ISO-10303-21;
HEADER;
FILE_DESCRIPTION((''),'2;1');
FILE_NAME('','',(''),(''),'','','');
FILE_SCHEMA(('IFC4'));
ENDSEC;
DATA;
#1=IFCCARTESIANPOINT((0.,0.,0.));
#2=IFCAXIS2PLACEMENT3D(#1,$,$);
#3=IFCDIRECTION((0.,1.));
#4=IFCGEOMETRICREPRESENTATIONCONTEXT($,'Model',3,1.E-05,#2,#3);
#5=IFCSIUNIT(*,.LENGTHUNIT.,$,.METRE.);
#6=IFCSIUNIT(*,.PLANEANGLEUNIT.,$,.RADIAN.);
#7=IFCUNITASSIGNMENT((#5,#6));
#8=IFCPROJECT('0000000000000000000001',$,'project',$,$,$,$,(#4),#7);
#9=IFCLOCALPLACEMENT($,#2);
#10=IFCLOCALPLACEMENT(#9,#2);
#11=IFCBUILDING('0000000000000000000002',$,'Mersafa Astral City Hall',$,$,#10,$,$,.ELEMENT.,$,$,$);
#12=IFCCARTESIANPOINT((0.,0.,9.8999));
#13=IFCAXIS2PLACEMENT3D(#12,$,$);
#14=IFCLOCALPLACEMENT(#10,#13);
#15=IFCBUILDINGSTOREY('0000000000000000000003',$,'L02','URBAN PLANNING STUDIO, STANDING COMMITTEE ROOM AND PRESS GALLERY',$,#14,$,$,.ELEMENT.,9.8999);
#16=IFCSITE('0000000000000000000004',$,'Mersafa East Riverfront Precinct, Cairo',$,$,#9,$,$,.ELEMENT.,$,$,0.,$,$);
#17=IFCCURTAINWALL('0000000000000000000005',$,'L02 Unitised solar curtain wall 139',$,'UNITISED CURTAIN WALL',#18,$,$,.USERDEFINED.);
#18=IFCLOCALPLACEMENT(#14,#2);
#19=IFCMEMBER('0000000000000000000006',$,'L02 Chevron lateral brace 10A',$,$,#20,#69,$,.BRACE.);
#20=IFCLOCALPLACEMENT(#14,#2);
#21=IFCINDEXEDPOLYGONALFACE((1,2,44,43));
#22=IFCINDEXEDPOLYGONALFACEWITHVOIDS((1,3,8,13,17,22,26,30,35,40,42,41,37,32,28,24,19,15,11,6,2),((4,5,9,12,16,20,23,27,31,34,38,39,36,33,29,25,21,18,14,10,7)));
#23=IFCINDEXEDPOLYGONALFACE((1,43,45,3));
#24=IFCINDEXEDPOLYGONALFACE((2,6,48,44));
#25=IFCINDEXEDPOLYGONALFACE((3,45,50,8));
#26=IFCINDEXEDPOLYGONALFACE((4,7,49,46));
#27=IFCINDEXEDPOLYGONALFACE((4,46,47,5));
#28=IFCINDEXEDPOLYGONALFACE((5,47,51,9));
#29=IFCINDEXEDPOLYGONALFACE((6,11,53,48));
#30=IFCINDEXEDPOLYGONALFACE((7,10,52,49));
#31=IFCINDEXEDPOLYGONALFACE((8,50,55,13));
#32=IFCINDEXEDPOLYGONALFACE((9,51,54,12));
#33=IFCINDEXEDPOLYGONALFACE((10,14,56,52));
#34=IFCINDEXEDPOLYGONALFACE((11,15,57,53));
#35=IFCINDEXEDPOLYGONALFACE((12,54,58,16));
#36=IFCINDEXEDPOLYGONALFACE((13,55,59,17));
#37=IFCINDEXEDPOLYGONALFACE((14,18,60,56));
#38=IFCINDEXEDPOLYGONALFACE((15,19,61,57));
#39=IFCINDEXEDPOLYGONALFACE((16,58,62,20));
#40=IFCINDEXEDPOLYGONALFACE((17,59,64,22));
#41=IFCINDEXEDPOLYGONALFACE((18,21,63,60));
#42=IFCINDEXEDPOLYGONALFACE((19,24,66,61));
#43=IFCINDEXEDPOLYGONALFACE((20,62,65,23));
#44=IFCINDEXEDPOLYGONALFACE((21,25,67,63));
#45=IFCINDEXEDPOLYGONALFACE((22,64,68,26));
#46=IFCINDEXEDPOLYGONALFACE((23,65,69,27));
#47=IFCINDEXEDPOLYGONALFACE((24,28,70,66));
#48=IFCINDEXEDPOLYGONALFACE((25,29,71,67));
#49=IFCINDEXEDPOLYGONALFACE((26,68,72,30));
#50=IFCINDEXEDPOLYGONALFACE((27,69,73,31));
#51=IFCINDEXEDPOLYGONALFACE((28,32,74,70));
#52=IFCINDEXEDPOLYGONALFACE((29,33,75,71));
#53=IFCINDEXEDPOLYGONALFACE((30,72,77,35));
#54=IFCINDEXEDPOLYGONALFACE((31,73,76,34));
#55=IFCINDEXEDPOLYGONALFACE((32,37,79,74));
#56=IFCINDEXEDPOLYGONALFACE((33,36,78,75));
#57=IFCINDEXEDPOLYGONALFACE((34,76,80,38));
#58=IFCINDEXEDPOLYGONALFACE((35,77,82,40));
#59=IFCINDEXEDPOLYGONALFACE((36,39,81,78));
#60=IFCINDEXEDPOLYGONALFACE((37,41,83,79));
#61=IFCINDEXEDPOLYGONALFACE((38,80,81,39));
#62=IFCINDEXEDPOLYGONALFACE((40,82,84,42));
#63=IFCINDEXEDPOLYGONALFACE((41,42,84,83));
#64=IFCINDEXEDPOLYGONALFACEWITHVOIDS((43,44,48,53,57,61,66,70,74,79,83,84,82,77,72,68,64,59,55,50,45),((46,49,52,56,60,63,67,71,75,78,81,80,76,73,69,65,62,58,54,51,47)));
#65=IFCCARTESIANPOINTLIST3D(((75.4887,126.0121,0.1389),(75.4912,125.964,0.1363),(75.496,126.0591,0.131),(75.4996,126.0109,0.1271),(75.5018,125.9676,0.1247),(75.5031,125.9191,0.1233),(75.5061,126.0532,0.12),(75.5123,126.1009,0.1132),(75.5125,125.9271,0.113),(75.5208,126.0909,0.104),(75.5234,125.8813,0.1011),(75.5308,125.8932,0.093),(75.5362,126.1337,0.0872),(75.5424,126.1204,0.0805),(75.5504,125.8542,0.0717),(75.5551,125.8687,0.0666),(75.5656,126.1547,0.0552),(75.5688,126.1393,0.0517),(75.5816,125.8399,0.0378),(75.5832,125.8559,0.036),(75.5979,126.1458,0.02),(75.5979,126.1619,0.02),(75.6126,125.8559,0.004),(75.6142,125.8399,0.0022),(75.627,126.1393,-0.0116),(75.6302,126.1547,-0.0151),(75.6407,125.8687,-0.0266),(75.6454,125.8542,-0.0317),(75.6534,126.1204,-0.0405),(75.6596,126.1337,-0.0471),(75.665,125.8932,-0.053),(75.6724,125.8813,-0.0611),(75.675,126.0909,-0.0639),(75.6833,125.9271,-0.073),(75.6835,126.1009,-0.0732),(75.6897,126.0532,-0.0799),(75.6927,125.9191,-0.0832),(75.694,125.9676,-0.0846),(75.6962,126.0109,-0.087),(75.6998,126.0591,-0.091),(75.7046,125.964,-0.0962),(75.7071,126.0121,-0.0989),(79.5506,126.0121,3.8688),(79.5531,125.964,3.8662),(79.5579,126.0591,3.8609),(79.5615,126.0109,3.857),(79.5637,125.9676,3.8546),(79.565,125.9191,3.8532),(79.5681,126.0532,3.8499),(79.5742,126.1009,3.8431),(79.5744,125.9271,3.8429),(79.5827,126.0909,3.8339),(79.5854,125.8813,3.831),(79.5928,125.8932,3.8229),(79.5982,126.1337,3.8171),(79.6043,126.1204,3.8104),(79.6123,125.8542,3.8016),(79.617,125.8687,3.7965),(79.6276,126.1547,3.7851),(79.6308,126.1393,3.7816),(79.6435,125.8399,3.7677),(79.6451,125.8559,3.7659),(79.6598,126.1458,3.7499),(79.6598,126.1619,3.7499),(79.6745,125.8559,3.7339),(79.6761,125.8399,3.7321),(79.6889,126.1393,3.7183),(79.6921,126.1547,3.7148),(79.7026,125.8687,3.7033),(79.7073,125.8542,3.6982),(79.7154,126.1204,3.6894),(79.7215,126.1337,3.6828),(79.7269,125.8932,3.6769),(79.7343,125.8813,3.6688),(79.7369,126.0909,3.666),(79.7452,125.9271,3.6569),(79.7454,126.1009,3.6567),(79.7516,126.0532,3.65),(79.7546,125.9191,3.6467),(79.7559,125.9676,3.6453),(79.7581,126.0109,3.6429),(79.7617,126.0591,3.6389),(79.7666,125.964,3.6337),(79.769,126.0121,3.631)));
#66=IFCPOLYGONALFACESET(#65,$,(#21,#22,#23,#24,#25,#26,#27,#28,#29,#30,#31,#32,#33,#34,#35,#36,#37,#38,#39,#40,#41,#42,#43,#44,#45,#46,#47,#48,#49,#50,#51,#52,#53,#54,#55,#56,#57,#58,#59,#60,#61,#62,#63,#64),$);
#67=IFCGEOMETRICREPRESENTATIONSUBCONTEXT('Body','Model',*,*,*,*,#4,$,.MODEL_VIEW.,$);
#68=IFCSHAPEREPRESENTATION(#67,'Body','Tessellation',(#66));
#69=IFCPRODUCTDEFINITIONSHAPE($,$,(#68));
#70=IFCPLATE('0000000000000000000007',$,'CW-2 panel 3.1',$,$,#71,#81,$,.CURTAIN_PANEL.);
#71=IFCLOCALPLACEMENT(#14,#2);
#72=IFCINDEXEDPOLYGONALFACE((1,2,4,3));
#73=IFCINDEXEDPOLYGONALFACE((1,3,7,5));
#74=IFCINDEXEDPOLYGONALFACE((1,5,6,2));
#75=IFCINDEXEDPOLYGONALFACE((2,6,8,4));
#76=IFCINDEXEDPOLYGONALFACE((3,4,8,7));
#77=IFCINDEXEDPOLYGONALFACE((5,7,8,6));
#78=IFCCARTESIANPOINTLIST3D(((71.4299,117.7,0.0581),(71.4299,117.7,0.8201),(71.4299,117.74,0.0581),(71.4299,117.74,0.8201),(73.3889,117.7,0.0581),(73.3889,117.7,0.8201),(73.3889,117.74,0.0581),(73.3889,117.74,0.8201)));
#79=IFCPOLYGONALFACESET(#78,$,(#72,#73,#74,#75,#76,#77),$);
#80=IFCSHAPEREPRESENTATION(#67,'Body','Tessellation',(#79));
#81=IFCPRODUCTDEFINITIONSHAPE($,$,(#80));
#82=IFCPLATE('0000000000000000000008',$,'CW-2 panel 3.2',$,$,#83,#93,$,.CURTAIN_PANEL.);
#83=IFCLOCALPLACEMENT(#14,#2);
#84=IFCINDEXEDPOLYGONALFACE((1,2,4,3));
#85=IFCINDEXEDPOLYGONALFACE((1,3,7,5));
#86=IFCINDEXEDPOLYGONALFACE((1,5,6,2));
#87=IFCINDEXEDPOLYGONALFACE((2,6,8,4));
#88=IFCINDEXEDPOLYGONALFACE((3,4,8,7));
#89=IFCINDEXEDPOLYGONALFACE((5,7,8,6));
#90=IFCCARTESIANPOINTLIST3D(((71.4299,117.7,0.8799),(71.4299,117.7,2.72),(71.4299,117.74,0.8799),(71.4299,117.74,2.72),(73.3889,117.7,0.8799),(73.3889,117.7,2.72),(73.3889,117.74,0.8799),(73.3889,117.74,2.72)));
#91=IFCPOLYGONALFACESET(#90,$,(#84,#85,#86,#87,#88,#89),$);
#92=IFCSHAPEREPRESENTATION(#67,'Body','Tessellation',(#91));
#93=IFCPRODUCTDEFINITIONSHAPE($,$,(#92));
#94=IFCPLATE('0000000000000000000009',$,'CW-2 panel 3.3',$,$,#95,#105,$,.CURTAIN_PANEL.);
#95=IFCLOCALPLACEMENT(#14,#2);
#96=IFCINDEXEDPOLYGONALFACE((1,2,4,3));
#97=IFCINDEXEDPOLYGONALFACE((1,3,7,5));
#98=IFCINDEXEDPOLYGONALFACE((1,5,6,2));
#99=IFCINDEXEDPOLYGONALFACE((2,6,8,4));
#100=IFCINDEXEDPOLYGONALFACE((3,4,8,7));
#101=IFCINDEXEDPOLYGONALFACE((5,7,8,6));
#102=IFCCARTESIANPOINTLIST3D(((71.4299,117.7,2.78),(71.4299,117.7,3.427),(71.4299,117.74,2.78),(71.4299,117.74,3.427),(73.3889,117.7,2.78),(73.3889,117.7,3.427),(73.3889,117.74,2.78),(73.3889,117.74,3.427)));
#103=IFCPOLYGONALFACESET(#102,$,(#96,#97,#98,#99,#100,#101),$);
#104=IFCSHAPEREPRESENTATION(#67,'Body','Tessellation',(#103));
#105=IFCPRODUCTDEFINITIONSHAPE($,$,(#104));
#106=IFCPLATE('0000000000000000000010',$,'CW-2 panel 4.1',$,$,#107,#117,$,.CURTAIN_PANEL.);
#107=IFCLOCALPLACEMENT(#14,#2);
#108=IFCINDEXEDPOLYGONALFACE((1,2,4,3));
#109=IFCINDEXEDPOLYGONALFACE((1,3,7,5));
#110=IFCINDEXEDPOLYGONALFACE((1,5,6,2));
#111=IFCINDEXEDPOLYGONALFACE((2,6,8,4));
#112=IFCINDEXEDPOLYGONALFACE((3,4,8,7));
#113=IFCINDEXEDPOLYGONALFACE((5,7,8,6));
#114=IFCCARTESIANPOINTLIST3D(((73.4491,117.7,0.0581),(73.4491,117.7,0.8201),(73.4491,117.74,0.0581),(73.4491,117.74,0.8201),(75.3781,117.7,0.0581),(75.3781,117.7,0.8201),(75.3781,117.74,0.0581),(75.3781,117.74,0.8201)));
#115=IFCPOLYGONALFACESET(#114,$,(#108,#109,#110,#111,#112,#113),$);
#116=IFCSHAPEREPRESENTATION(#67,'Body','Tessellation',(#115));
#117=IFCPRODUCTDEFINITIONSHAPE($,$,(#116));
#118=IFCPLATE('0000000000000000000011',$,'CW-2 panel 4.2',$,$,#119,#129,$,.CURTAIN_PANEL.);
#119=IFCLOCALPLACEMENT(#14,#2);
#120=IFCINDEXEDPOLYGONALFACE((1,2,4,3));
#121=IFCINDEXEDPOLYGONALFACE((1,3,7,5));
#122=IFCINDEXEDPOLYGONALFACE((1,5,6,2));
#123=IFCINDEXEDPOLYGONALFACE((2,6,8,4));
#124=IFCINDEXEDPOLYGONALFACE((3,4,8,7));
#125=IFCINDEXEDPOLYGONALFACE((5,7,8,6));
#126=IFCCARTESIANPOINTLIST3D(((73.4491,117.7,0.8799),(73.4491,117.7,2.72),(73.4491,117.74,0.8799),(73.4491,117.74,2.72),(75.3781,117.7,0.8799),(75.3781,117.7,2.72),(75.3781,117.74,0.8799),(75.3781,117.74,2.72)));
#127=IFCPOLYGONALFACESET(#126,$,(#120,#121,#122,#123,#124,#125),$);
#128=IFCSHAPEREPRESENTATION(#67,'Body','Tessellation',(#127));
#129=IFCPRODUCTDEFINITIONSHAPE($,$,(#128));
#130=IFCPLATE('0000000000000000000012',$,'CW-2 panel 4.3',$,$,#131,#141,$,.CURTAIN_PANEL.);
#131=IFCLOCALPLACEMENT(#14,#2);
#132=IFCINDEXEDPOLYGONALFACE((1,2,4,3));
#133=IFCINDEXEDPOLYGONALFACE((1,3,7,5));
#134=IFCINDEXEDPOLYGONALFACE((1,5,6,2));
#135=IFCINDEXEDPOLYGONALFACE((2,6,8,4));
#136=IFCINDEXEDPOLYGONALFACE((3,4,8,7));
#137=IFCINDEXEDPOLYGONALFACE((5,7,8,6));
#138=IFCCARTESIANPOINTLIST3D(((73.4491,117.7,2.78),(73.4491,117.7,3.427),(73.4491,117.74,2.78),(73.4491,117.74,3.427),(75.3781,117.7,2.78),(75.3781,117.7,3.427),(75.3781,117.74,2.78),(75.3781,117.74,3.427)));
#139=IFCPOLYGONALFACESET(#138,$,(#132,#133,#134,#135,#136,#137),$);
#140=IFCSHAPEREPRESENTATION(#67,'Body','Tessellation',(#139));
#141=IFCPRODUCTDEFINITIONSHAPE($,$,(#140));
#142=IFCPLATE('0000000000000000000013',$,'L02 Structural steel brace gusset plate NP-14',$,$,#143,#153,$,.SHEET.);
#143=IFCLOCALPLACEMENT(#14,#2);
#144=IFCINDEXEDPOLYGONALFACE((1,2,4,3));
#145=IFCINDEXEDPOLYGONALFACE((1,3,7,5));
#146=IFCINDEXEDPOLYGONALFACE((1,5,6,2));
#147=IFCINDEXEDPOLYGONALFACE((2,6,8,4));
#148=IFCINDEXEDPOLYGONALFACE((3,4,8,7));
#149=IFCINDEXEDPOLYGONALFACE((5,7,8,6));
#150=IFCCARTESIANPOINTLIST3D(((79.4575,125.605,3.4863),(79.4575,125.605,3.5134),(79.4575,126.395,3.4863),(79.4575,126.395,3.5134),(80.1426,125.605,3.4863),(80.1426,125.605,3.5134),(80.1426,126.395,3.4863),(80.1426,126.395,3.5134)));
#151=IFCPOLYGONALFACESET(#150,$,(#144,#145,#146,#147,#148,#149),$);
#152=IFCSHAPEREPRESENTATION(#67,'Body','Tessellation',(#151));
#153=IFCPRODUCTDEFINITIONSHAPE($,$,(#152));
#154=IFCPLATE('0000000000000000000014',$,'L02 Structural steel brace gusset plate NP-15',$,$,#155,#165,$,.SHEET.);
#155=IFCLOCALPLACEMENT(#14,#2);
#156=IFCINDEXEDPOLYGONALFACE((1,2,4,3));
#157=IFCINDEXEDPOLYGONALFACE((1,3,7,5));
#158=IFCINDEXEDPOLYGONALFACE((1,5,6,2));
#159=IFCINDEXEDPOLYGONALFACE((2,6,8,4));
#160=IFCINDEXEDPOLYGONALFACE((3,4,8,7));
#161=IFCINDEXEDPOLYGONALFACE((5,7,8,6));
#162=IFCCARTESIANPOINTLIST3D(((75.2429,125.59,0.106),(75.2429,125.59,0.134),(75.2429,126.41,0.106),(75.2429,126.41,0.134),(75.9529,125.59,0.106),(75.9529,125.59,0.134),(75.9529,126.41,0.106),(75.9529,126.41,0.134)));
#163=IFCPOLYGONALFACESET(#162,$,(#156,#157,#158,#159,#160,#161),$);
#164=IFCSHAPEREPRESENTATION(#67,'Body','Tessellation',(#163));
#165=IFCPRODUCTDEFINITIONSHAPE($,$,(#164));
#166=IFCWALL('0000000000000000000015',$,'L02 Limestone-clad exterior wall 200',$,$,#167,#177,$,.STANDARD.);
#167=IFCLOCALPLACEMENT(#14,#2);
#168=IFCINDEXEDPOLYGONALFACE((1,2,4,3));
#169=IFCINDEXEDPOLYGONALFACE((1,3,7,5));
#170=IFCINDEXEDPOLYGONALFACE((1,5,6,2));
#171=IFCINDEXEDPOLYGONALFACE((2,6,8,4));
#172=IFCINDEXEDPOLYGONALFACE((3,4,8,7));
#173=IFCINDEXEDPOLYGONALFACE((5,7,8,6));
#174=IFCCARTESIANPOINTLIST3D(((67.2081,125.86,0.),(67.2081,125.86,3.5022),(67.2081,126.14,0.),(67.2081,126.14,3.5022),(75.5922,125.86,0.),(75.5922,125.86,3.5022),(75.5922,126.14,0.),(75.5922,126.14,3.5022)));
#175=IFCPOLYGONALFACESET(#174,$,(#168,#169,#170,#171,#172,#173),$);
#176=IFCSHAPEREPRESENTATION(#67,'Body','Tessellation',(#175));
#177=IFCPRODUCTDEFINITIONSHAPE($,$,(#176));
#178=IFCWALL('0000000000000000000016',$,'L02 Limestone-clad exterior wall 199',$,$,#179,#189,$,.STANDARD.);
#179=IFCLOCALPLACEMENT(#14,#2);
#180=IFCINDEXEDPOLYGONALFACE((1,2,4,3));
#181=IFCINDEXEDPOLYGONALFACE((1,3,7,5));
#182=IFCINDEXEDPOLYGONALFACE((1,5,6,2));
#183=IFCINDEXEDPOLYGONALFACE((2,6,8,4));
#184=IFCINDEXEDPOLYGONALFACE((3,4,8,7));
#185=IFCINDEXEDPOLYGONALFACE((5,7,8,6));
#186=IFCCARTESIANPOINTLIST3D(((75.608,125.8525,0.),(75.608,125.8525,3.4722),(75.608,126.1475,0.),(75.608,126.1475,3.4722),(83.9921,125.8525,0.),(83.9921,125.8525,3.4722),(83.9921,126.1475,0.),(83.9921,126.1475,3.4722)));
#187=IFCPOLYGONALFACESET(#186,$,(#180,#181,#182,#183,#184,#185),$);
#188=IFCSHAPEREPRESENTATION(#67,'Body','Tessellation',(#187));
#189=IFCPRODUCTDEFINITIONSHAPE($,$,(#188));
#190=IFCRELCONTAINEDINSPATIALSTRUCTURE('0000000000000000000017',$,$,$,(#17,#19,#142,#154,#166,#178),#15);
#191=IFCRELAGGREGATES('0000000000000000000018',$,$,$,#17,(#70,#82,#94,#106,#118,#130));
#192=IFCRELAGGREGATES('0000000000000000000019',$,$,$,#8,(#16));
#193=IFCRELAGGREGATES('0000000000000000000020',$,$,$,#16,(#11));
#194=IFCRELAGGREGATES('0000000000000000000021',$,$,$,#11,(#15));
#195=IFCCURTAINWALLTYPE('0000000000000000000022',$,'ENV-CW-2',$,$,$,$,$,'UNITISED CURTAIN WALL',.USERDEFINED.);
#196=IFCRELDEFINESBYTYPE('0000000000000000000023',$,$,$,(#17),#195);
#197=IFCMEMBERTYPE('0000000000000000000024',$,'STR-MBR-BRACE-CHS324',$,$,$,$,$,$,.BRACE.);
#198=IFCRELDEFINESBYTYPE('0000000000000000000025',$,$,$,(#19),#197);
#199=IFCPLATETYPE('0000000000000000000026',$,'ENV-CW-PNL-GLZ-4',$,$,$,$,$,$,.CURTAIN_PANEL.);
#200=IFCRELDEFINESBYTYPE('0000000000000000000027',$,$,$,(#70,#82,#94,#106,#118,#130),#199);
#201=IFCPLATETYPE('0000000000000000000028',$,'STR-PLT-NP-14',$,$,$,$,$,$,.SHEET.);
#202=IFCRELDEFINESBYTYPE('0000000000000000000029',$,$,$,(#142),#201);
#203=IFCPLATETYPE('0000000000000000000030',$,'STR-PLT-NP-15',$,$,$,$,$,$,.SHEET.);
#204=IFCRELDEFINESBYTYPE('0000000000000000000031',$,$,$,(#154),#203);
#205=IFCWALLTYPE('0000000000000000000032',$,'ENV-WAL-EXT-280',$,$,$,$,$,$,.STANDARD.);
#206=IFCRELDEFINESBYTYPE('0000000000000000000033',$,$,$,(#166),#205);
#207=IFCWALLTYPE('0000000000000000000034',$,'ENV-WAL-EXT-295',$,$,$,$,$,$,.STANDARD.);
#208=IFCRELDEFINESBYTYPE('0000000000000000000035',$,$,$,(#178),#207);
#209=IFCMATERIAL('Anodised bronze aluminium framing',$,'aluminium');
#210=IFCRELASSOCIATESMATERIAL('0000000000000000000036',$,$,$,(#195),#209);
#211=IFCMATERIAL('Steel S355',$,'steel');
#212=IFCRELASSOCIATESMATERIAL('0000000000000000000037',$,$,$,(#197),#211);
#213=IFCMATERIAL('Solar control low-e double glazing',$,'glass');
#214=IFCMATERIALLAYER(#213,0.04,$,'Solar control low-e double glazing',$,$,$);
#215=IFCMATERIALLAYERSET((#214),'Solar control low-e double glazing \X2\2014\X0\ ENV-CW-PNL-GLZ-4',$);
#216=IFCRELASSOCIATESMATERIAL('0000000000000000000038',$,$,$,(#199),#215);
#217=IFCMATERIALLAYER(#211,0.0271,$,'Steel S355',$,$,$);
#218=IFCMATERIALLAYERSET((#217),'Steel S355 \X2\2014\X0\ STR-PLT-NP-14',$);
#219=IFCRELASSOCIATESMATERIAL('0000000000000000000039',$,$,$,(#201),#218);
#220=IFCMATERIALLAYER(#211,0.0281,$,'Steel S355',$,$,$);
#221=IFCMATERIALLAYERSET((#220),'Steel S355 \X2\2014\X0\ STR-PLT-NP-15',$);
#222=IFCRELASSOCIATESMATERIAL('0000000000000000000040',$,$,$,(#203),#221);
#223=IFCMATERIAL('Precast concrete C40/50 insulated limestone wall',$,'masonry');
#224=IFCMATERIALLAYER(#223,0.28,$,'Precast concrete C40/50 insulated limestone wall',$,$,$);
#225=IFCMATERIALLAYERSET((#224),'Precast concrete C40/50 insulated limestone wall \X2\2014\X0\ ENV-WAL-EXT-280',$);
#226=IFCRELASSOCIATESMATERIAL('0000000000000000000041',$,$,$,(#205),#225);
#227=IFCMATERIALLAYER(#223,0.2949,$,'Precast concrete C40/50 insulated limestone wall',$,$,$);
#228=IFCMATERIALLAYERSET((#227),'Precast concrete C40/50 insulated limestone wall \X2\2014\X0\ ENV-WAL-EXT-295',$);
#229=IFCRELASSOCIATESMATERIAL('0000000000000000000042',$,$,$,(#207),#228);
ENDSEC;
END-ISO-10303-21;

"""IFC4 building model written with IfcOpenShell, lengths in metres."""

from ifc_helpers import new_model, si_unit, direction, frame, frame_2d, origin, origin_2d, place, context, subcontext, project, spatial, rectangle, hollow_circle, extrude, material, layer, layer_set, material_profile, profile_set, type_object, element, aggregate, save


model = new_model("IFC4")

# Units and contexts
model_context = context("Model", 3, precision=1e-05, world=origin(), true_north=direction((0.0, 1.0)))
body_context = subcontext(model_context, "Body", "Model", "MODEL_VIEW")
ifc_project = project(units=[si_unit("LENGTHUNIT", "METRE"), si_unit("PLANEANGLEUNIT", "RADIAN")], contexts=[model_context])

# Site, building, storey
site_placement = place(None, origin())
site = spatial("IfcSite", under=ifc_project, at=site_placement, Name="Mersafa East Riverfront Precinct, Cairo", CompositionType="ELEMENT", RefElevation=0.0)
building_placement = place(site_placement, origin())
building = spatial("IfcBuilding", under=site, at=building_placement, Name="Mersafa Astral City Hall", CompositionType="ELEMENT")
storey_placement = place(building_placement, frame((0.0, 0.0, 9.8999)))
storey = spatial("IfcBuildingStorey", under=building, at=storey_placement, Name="L02", Description="URBAN PLANNING STUDIO, STANDING COMMITTEE ROOM AND PRESS GALLERY", CompositionType="ELEMENT", Elevation=9.8999)

# Shared definitions
ifc_material_1 = material(Name="Steel S355", Category="steel")

# Curtain wall
ifc_material_2 = material(Name="Anodised bronze aluminium framing", Category="aluminium")
curtain_wall_type = type_object("IfcCurtainWallType", Name="ENV-CW-2", ElementType="UNITISED CURTAIN WALL", PredefinedType="USERDEFINED", material=ifc_material_2)
curtain_wall_placement = place(storey_placement, origin())
curtain_wall = element("IfcCurtainWall", 1, at=curtain_wall_placement, inside=storey, type_object=curtain_wall_type, Name="L02 Unitised solar curtain wall 139", ObjectType="UNITISED CURTAIN WALL", PredefinedType="USERDEFINED")

# Member
ifc_material_profile_1 = material_profile(ifc_material_1, hollow_circle(Radius=0.1619, WallThickness=0.0161, at=origin_2d()), Name="CHS 323.9x16")
ifc_profile_set_1 = profile_set([ifc_material_profile_1], Name="Steel S355")
member_type_1 = type_object("IfcMemberType", Name="STR-MBR-BRACE-CHS324", PredefinedType="BRACE", material=ifc_profile_set_1)
member_1_placement = place(storey_placement, frame((75.5979, 126.0, 0.02), z_axis=(0.736569, 0.0, 0.676362), x_axis=(0.0, 1.0, 0.0)))
element("IfcMember", 2, at=member_1_placement, inside=storey, type_object=member_type_1, Name="L02 Chevron lateral brace 10A", PredefinedType="BRACE", context=body_context, shape_type="SweptSolid", body=[
    extrude(hollow_circle(Radius=0.1619, WallThickness=0.0161, at=origin_2d()), origin(), (0.0, 0.0, 1.0), 5.5146),
])

# Plates
ifc_material_3 = material(Name="Solar control low-e double glazing", Category="glass")
ifc_layer_1 = layer(ifc_material_3, 0.04, Name="Solar control low-e double glazing")
ifc_layer_set_1 = layer_set([ifc_layer_1], Name="Solar control low-e double glazing — ENV-CW-PNL-GLZ-4")
plate_type_1 = type_object("IfcPlateType", Name="ENV-CW-PNL-GLZ-4", PredefinedType="CURTAIN_PANEL", material=ifc_layer_set_1)
plate_1_placement = place(storey_placement, frame((72.4094, 117.72, 0.0581), z_axis=(0.0, 0.0, 1.0), x_axis=(1.0, 0.0, 0.0)))
plate_1 = element("IfcPlate", 3, at=plate_1_placement, type_object=plate_type_1, Name="CW-2 panel 3.1", PredefinedType="CURTAIN_PANEL", context=body_context, shape_type="SweptSolid", body=[
    extrude(rectangle(XDim=1.959, YDim=0.04, at=origin_2d()), origin(), (0.0, 0.0, 1.0), 0.762),
])
plate_2_placement = place(storey_placement, frame((72.4094, 117.72, 0.8799), z_axis=(0.0, 0.0, 1.0), x_axis=(1.0, 0.0, 0.0)))
plate_2 = element("IfcPlate", 4, at=plate_2_placement, type_object=plate_type_1, Name="CW-2 panel 3.2", PredefinedType="CURTAIN_PANEL", context=body_context, shape_type="SweptSolid", body=[
    extrude(rectangle(XDim=1.959, YDim=0.04, at=origin_2d()), origin(), (0.0, 0.0, 1.0), 1.8401),
])
plate_3_placement = place(storey_placement, frame((72.4094, 117.72, 2.78), z_axis=(0.0, 0.0, 1.0), x_axis=(1.0, 0.0, 0.0)))
plate_3 = element("IfcPlate", 5, at=plate_3_placement, type_object=plate_type_1, Name="CW-2 panel 3.3", PredefinedType="CURTAIN_PANEL", context=body_context, shape_type="SweptSolid", body=[
    extrude(rectangle(XDim=1.959, YDim=0.04, at=origin_2d()), origin(), (0.0, 0.0, 1.0), 0.647),
])
plate_4_placement = place(storey_placement, frame((74.4136, 117.72, 0.0581), z_axis=(0.0, 0.0, 1.0), x_axis=(1.0, 0.0, 0.0)))
plate_4 = element("IfcPlate", 6, at=plate_4_placement, type_object=plate_type_1, Name="CW-2 panel 4.1", PredefinedType="CURTAIN_PANEL", context=body_context, shape_type="SweptSolid", body=[
    extrude(rectangle(XDim=1.929, YDim=0.04, at=origin_2d()), origin(), (0.0, 0.0, 1.0), 0.762),
])
plate_5_placement = place(storey_placement, frame((74.4136, 117.72, 0.8799), z_axis=(0.0, 0.0, 1.0), x_axis=(1.0, 0.0, 0.0)))
plate_5 = element("IfcPlate", 7, at=plate_5_placement, type_object=plate_type_1, Name="CW-2 panel 4.2", PredefinedType="CURTAIN_PANEL", context=body_context, shape_type="SweptSolid", body=[
    extrude(rectangle(XDim=1.929, YDim=0.04, at=origin_2d()), origin(), (0.0, 0.0, 1.0), 1.8401),
])
plate_6_placement = place(storey_placement, frame((74.4136, 117.72, 2.78), z_axis=(0.0, 0.0, 1.0), x_axis=(1.0, 0.0, 0.0)))
plate_6 = element("IfcPlate", 8, at=plate_6_placement, type_object=plate_type_1, Name="CW-2 panel 4.3", PredefinedType="CURTAIN_PANEL", context=body_context, shape_type="SweptSolid", body=[
    extrude(rectangle(XDim=1.929, YDim=0.04, at=origin_2d()), origin(), (0.0, 0.0, 1.0), 0.647),
])
aggregate(curtain_wall, [plate_1, plate_2, plate_3, plate_4, plate_5, plate_6])

# Plates
ifc_layer_2 = layer(ifc_material_1, 0.0271, Name="Steel S355")
ifc_layer_set_2 = layer_set([ifc_layer_2], Name="Steel S355 — STR-PLT-NP-14")
plate_type_2 = type_object("IfcPlateType", Name="STR-PLT-NP-14", PredefinedType="SHEET", material=ifc_layer_set_2)
plate_7_placement = place(storey_placement, frame((79.8, 126.0, 3.4863), z_axis=(0.0, 0.0, 1.0), x_axis=(1.0, 0.0, 0.0)))
element("IfcPlate", 9, at=plate_7_placement, inside=storey, type_object=plate_type_2, Name="L02 Structural steel brace gusset plate NP-14", PredefinedType="SHEET", context=body_context, shape_type="SweptSolid", body=[
    extrude(rectangle(XDim=0.6851, YDim=0.79, at=origin_2d()), origin(), (0.0, 0.0, 1.0), 0.0271),
])
ifc_layer_3 = layer(ifc_material_1, 0.0281, Name="Steel S355")
ifc_layer_set_3 = layer_set([ifc_layer_3], Name="Steel S355 — STR-PLT-NP-15")
plate_type_3 = type_object("IfcPlateType", Name="STR-PLT-NP-15", PredefinedType="SHEET", material=ifc_layer_set_3)
plate_8_placement = place(storey_placement, frame((75.5979, 126.0, 0.106), z_axis=(0.0, 0.0, 1.0), x_axis=(1.0, 0.0, 0.0)))
element("IfcPlate", 10, at=plate_8_placement, inside=storey, type_object=plate_type_3, Name="L02 Structural steel brace gusset plate NP-15", PredefinedType="SHEET", context=body_context, shape_type="SweptSolid", body=[
    extrude(rectangle(XDim=0.71, YDim=0.8201, at=origin_2d()), origin(), (0.0, 0.0, 1.0), 0.0281),
])

# Walls
ifc_material_4 = material(Name="Precast concrete C40/50 insulated limestone wall", Category="masonry")
ifc_layer_4 = layer(ifc_material_4, 0.28, Name="Precast concrete C40/50 insulated limestone wall")
ifc_layer_set_4 = layer_set([ifc_layer_4], Name="Precast concrete C40/50 insulated limestone wall — ENV-WAL-EXT-280")
wall_type_1 = type_object("IfcWallType", Name="ENV-WAL-EXT-280", PredefinedType="STANDARD", material=ifc_layer_set_4)
wall_1_placement = place(storey_placement, frame((75.592, 126.0, 0.0), z_axis=(0.0, 0.0, 1.0), x_axis=(-1.0, 0.0, 0.0)))
element("IfcWall", 11, at=wall_1_placement, inside=storey, type_object=wall_type_1, Name="L02 Limestone-clad exterior wall 200", PredefinedType="STANDARD", context=body_context, shape_type="SweptSolid", body=[
    extrude(rectangle(XDim=8.384, YDim=0.28, at=frame_2d((4.1919, 0.0))), origin(), (0.0, 0.0, 1.0), 3.5022),
])
ifc_layer_5 = layer(ifc_material_4, 0.2949, Name="Precast concrete C40/50 insulated limestone wall")
ifc_layer_set_5 = layer_set([ifc_layer_5], Name="Precast concrete C40/50 insulated limestone wall — ENV-WAL-EXT-295")
wall_type_2 = type_object("IfcWallType", Name="ENV-WAL-EXT-295", PredefinedType="STANDARD", material=ifc_layer_set_5)
wall_2_placement = place(storey_placement, frame((83.9919, 126.0, 0.0), z_axis=(0.0, 0.0, 1.0), x_axis=(-1.0, 0.0, 0.0)))
element("IfcWall", 12, at=wall_2_placement, inside=storey, type_object=wall_type_2, Name="L02 Limestone-clad exterior wall 199", PredefinedType="STANDARD", context=body_context, shape_type="SweptSolid", body=[
    extrude(rectangle(XDim=8.384, YDim=0.2949, at=frame_2d((4.1919, 0.0))), origin(), (0.0, 0.0, 1.0), 3.4722),
])

save(model, "model.ifc")
